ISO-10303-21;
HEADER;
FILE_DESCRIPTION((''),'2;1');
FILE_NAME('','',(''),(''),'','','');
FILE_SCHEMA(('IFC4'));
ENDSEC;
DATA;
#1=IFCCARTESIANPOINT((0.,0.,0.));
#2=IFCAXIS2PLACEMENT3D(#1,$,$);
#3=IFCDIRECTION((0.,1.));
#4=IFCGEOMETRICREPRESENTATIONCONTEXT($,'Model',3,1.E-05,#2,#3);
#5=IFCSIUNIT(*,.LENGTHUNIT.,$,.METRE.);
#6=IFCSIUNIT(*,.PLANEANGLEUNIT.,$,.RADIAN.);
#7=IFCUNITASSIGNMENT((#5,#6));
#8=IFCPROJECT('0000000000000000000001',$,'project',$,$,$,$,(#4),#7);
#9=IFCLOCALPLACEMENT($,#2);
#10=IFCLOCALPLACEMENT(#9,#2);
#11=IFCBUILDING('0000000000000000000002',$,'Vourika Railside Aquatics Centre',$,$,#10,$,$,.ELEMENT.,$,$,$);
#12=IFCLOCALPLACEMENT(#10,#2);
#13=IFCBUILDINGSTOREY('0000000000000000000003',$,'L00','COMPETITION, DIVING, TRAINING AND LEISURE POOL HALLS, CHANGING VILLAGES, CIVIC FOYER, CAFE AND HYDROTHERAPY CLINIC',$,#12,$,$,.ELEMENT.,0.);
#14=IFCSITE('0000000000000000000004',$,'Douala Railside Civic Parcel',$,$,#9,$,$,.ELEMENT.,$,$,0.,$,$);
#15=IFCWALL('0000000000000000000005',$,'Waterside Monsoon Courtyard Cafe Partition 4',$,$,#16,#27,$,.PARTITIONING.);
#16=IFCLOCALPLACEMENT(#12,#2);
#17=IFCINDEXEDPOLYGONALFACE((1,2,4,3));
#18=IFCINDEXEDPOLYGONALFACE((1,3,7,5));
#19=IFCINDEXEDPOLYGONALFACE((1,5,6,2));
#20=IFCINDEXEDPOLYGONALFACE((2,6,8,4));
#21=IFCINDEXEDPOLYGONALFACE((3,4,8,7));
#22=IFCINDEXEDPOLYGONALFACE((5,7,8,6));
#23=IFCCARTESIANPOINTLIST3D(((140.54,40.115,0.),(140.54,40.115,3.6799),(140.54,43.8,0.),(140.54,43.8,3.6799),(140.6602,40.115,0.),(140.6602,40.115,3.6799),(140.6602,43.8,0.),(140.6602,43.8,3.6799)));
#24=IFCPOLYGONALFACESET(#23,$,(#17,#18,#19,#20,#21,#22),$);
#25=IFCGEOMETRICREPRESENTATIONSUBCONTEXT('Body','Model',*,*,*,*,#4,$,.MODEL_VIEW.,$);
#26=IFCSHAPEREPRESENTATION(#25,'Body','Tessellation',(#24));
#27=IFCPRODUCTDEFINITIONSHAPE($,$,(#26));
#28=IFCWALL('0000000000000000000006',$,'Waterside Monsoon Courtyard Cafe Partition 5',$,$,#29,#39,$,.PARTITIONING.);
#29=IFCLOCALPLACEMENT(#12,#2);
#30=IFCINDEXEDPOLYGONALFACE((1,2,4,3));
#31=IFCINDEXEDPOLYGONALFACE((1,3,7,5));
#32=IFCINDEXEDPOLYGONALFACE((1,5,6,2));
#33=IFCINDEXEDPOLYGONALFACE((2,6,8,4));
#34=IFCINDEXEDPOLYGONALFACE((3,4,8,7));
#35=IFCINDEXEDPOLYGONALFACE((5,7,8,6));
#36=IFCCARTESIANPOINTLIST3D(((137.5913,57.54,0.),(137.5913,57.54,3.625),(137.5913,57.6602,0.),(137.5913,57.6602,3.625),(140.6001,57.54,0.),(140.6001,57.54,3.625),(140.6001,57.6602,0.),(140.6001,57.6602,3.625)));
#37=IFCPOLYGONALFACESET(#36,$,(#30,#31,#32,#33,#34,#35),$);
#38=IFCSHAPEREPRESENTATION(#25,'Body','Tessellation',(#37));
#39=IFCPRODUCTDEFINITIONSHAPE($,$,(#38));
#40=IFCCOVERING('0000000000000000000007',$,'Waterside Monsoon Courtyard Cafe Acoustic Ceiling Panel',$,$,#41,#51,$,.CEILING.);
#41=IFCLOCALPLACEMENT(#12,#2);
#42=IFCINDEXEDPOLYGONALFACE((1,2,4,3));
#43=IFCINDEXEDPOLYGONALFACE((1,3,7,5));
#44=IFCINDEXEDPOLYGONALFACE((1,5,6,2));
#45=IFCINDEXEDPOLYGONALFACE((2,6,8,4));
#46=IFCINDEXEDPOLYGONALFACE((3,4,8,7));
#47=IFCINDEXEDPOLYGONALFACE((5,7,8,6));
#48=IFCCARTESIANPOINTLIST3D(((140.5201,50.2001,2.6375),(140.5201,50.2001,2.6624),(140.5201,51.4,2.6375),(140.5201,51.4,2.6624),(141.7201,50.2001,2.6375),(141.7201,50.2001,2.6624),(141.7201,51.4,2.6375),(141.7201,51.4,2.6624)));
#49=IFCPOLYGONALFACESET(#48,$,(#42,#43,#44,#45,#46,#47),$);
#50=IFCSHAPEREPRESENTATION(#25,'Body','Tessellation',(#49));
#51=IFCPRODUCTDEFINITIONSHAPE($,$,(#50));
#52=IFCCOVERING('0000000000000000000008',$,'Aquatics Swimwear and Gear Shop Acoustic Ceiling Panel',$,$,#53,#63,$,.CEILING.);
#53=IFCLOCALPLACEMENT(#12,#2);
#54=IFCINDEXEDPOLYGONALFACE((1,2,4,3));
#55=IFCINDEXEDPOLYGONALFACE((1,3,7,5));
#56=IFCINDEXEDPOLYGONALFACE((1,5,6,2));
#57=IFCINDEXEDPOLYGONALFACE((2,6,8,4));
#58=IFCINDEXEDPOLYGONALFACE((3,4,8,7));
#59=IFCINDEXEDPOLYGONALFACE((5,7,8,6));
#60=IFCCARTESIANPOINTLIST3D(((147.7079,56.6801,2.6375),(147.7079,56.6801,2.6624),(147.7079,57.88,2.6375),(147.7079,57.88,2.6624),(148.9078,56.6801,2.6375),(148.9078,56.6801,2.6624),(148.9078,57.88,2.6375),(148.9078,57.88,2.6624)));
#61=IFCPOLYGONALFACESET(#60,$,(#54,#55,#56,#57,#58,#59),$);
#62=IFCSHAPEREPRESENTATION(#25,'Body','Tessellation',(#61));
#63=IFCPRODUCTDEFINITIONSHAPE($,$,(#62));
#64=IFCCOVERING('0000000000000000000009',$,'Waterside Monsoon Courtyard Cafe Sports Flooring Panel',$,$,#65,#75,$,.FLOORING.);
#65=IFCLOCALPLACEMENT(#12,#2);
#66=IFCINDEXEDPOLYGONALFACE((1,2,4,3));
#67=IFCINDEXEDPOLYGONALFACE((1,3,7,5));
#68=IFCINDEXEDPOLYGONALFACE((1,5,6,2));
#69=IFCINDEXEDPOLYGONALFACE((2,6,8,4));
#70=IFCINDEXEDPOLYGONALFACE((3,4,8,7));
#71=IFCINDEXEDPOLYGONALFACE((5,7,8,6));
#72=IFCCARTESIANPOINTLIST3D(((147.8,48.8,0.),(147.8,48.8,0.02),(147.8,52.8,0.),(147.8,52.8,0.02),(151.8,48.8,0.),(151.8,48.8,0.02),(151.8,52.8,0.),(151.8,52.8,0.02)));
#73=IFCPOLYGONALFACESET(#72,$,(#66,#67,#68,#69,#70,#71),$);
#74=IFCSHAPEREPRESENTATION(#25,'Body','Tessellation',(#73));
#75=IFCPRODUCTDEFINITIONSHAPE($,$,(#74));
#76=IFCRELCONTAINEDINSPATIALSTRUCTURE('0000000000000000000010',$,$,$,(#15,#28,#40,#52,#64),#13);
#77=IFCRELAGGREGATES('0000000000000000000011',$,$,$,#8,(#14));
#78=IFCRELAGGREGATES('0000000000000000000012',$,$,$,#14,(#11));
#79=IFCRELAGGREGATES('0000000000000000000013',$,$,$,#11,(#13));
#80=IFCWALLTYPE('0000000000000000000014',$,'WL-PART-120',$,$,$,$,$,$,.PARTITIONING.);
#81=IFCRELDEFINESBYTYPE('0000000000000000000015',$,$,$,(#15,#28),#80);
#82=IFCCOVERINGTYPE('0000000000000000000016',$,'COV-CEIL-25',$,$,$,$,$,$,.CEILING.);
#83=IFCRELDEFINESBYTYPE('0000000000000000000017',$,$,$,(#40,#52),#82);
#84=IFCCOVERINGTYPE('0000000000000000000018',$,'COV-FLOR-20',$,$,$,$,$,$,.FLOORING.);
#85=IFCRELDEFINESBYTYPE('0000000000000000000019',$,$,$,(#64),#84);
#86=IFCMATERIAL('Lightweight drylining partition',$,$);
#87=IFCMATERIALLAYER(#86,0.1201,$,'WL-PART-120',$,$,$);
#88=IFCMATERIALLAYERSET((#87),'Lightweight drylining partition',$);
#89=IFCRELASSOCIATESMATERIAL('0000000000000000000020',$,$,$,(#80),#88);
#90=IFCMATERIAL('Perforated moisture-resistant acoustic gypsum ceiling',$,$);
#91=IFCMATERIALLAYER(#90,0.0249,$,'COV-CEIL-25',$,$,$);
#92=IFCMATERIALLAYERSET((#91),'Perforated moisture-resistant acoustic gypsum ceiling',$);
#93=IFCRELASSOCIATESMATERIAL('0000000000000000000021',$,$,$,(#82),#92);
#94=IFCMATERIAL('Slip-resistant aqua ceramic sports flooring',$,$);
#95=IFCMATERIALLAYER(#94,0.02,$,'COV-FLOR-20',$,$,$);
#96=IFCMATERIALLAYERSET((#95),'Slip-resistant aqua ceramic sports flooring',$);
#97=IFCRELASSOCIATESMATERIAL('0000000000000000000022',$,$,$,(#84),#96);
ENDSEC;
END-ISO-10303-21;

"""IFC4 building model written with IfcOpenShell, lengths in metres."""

from ifc_helpers import new_model, si_unit, direction, frame, frame_2d, origin, origin_2d, place, context, subcontext, project, spatial, rectangle, extrude, material, layer, layer_set, type_object, element, save


model = new_model("IFC4")

# Units and contexts
model_context = context("Model", 3, precision=1e-05, world=origin(), true_north=direction((0.0, 1.0)))
body_context = subcontext(model_context, "Body", "Model", "MODEL_VIEW")
ifc_project = project(units=[si_unit("LENGTHUNIT", "METRE"), si_unit("PLANEANGLEUNIT", "RADIAN")], contexts=[model_context])

# Site, building, storey
site_placement = place(None, origin())
site = spatial("IfcSite", under=ifc_project, at=site_placement, Name="Douala Railside Civic Parcel", CompositionType="ELEMENT", RefElevation=0.0)
building_placement = place(site_placement, origin())
building = spatial("IfcBuilding", under=site, at=building_placement, Name="Vourika Railside Aquatics Centre", CompositionType="ELEMENT")
storey_placement = place(building_placement, origin())
storey = spatial("IfcBuildingStorey", under=building, at=storey_placement, Name="L00", Description="COMPETITION, DIVING, TRAINING AND LEISURE POOL HALLS, CHANGING VILLAGES, CIVIC FOYER, CAFE AND HYDROTHERAPY CLINIC", CompositionType="ELEMENT", Elevation=0.0)

# Shared definitions
ifc_material_1 = material(Name="Lightweight drylining partition")
ifc_layer_1 = layer(ifc_material_1, 0.1201, Name="WL-PART-120")
ifc_layer_set_1 = layer_set([ifc_layer_1], Name="Lightweight drylining partition")
wall_type = type_object("IfcWallType", Name="WL-PART-120", PredefinedType="PARTITIONING", material=ifc_layer_set_1)

# Walls
wall_1_placement = place(storey_placement, frame((140.6001, 40.115, 0.0), z_axis=(0.0, 0.0, 1.0), x_axis=(0.0, 1.0, 0.0)))
element("IfcWall", 1, at=wall_1_placement, inside=storey, type_object=wall_type, Name="Waterside Monsoon Courtyard Cafe Partition 4", PredefinedType="PARTITIONING", context=body_context, shape_type="SweptSolid", body=[
    extrude(rectangle(XDim=3.6851, YDim=0.1201, at=frame_2d((1.8425, 0.0))), origin(), (0.0, 0.0, 1.0), 3.6799),
])
wall_2_placement = place(storey_placement, frame((140.6001, 57.6001, 0.0), z_axis=(0.0, 0.0, 1.0), x_axis=(-1.0, 0.0, 0.0)))
element("IfcWall", 2, at=wall_2_placement, inside=storey, type_object=wall_type, Name="Waterside Monsoon Courtyard Cafe Partition 5", PredefinedType="PARTITIONING", context=body_context, shape_type="SweptSolid", body=[
    extrude(rectangle(XDim=3.0088, YDim=0.1201, at=frame_2d((1.5044, 0.0))), origin(), (0.0, 0.0, 1.0), 3.625),
])

# Coverings
ifc_material_2 = material(Name="Perforated moisture-resistant acoustic gypsum ceiling")
ifc_layer_2 = layer(ifc_material_2, 0.0249, Name="COV-CEIL-25")
ifc_layer_set_2 = layer_set([ifc_layer_2], Name="Perforated moisture-resistant acoustic gypsum ceiling")
covering_type_1 = type_object("IfcCoveringType", Name="COV-CEIL-25", PredefinedType="CEILING", material=ifc_layer_set_2)
for number, where, z_axis, x_axis, name in (
    (3, (141.1201, 50.8, 2.6375), (0.0, 0.0, 1.0), (1.0, 0.0, 0.0), "Waterside Monsoon Courtyard Cafe Acoustic Ceiling Panel"),
    (4, (148.3079, 57.28, 2.6375), (0.0, 0.0, 1.0), (1.0, 0.0, 0.0), "Aquatics Swimwear and Gear Shop Acoustic Ceiling Panel"),
):
    element("IfcCovering", number, at=place(storey_placement, frame(where, z_axis=z_axis, x_axis=x_axis)), inside=storey, type_object=covering_type_1, Name=name, PredefinedType="CEILING", context=body_context, shape_type="SweptSolid", body=[
        extrude(rectangle(XDim=1.2, YDim=1.2, at=origin_2d()), origin(), (0.0, 0.0, 1.0), 0.0249),
    ])
ifc_material_3 = material(Name="Slip-resistant aqua ceramic sports flooring")
ifc_layer_3 = layer(ifc_material_3, 0.02, Name="COV-FLOR-20")
ifc_layer_set_3 = layer_set([ifc_layer_3], Name="Slip-resistant aqua ceramic sports flooring")
covering_type_2 = type_object("IfcCoveringType", Name="COV-FLOR-20", PredefinedType="FLOORING", material=ifc_layer_set_3)
covering_placement = place(storey_placement, frame((149.8, 50.8, 0.0), z_axis=(0.0, 0.0, 1.0), x_axis=(1.0, 0.0, 0.0)))
element("IfcCovering", 5, at=covering_placement, inside=storey, type_object=covering_type_2, Name="Waterside Monsoon Courtyard Cafe Sports Flooring Panel", PredefinedType="FLOORING", context=body_context, shape_type="SweptSolid", body=[
    extrude(rectangle(XDim=4.0, YDim=4.0, at=origin_2d()), origin(), (0.0, 0.0, 1.0), 0.02),
])

save(model, "model.ifc")
